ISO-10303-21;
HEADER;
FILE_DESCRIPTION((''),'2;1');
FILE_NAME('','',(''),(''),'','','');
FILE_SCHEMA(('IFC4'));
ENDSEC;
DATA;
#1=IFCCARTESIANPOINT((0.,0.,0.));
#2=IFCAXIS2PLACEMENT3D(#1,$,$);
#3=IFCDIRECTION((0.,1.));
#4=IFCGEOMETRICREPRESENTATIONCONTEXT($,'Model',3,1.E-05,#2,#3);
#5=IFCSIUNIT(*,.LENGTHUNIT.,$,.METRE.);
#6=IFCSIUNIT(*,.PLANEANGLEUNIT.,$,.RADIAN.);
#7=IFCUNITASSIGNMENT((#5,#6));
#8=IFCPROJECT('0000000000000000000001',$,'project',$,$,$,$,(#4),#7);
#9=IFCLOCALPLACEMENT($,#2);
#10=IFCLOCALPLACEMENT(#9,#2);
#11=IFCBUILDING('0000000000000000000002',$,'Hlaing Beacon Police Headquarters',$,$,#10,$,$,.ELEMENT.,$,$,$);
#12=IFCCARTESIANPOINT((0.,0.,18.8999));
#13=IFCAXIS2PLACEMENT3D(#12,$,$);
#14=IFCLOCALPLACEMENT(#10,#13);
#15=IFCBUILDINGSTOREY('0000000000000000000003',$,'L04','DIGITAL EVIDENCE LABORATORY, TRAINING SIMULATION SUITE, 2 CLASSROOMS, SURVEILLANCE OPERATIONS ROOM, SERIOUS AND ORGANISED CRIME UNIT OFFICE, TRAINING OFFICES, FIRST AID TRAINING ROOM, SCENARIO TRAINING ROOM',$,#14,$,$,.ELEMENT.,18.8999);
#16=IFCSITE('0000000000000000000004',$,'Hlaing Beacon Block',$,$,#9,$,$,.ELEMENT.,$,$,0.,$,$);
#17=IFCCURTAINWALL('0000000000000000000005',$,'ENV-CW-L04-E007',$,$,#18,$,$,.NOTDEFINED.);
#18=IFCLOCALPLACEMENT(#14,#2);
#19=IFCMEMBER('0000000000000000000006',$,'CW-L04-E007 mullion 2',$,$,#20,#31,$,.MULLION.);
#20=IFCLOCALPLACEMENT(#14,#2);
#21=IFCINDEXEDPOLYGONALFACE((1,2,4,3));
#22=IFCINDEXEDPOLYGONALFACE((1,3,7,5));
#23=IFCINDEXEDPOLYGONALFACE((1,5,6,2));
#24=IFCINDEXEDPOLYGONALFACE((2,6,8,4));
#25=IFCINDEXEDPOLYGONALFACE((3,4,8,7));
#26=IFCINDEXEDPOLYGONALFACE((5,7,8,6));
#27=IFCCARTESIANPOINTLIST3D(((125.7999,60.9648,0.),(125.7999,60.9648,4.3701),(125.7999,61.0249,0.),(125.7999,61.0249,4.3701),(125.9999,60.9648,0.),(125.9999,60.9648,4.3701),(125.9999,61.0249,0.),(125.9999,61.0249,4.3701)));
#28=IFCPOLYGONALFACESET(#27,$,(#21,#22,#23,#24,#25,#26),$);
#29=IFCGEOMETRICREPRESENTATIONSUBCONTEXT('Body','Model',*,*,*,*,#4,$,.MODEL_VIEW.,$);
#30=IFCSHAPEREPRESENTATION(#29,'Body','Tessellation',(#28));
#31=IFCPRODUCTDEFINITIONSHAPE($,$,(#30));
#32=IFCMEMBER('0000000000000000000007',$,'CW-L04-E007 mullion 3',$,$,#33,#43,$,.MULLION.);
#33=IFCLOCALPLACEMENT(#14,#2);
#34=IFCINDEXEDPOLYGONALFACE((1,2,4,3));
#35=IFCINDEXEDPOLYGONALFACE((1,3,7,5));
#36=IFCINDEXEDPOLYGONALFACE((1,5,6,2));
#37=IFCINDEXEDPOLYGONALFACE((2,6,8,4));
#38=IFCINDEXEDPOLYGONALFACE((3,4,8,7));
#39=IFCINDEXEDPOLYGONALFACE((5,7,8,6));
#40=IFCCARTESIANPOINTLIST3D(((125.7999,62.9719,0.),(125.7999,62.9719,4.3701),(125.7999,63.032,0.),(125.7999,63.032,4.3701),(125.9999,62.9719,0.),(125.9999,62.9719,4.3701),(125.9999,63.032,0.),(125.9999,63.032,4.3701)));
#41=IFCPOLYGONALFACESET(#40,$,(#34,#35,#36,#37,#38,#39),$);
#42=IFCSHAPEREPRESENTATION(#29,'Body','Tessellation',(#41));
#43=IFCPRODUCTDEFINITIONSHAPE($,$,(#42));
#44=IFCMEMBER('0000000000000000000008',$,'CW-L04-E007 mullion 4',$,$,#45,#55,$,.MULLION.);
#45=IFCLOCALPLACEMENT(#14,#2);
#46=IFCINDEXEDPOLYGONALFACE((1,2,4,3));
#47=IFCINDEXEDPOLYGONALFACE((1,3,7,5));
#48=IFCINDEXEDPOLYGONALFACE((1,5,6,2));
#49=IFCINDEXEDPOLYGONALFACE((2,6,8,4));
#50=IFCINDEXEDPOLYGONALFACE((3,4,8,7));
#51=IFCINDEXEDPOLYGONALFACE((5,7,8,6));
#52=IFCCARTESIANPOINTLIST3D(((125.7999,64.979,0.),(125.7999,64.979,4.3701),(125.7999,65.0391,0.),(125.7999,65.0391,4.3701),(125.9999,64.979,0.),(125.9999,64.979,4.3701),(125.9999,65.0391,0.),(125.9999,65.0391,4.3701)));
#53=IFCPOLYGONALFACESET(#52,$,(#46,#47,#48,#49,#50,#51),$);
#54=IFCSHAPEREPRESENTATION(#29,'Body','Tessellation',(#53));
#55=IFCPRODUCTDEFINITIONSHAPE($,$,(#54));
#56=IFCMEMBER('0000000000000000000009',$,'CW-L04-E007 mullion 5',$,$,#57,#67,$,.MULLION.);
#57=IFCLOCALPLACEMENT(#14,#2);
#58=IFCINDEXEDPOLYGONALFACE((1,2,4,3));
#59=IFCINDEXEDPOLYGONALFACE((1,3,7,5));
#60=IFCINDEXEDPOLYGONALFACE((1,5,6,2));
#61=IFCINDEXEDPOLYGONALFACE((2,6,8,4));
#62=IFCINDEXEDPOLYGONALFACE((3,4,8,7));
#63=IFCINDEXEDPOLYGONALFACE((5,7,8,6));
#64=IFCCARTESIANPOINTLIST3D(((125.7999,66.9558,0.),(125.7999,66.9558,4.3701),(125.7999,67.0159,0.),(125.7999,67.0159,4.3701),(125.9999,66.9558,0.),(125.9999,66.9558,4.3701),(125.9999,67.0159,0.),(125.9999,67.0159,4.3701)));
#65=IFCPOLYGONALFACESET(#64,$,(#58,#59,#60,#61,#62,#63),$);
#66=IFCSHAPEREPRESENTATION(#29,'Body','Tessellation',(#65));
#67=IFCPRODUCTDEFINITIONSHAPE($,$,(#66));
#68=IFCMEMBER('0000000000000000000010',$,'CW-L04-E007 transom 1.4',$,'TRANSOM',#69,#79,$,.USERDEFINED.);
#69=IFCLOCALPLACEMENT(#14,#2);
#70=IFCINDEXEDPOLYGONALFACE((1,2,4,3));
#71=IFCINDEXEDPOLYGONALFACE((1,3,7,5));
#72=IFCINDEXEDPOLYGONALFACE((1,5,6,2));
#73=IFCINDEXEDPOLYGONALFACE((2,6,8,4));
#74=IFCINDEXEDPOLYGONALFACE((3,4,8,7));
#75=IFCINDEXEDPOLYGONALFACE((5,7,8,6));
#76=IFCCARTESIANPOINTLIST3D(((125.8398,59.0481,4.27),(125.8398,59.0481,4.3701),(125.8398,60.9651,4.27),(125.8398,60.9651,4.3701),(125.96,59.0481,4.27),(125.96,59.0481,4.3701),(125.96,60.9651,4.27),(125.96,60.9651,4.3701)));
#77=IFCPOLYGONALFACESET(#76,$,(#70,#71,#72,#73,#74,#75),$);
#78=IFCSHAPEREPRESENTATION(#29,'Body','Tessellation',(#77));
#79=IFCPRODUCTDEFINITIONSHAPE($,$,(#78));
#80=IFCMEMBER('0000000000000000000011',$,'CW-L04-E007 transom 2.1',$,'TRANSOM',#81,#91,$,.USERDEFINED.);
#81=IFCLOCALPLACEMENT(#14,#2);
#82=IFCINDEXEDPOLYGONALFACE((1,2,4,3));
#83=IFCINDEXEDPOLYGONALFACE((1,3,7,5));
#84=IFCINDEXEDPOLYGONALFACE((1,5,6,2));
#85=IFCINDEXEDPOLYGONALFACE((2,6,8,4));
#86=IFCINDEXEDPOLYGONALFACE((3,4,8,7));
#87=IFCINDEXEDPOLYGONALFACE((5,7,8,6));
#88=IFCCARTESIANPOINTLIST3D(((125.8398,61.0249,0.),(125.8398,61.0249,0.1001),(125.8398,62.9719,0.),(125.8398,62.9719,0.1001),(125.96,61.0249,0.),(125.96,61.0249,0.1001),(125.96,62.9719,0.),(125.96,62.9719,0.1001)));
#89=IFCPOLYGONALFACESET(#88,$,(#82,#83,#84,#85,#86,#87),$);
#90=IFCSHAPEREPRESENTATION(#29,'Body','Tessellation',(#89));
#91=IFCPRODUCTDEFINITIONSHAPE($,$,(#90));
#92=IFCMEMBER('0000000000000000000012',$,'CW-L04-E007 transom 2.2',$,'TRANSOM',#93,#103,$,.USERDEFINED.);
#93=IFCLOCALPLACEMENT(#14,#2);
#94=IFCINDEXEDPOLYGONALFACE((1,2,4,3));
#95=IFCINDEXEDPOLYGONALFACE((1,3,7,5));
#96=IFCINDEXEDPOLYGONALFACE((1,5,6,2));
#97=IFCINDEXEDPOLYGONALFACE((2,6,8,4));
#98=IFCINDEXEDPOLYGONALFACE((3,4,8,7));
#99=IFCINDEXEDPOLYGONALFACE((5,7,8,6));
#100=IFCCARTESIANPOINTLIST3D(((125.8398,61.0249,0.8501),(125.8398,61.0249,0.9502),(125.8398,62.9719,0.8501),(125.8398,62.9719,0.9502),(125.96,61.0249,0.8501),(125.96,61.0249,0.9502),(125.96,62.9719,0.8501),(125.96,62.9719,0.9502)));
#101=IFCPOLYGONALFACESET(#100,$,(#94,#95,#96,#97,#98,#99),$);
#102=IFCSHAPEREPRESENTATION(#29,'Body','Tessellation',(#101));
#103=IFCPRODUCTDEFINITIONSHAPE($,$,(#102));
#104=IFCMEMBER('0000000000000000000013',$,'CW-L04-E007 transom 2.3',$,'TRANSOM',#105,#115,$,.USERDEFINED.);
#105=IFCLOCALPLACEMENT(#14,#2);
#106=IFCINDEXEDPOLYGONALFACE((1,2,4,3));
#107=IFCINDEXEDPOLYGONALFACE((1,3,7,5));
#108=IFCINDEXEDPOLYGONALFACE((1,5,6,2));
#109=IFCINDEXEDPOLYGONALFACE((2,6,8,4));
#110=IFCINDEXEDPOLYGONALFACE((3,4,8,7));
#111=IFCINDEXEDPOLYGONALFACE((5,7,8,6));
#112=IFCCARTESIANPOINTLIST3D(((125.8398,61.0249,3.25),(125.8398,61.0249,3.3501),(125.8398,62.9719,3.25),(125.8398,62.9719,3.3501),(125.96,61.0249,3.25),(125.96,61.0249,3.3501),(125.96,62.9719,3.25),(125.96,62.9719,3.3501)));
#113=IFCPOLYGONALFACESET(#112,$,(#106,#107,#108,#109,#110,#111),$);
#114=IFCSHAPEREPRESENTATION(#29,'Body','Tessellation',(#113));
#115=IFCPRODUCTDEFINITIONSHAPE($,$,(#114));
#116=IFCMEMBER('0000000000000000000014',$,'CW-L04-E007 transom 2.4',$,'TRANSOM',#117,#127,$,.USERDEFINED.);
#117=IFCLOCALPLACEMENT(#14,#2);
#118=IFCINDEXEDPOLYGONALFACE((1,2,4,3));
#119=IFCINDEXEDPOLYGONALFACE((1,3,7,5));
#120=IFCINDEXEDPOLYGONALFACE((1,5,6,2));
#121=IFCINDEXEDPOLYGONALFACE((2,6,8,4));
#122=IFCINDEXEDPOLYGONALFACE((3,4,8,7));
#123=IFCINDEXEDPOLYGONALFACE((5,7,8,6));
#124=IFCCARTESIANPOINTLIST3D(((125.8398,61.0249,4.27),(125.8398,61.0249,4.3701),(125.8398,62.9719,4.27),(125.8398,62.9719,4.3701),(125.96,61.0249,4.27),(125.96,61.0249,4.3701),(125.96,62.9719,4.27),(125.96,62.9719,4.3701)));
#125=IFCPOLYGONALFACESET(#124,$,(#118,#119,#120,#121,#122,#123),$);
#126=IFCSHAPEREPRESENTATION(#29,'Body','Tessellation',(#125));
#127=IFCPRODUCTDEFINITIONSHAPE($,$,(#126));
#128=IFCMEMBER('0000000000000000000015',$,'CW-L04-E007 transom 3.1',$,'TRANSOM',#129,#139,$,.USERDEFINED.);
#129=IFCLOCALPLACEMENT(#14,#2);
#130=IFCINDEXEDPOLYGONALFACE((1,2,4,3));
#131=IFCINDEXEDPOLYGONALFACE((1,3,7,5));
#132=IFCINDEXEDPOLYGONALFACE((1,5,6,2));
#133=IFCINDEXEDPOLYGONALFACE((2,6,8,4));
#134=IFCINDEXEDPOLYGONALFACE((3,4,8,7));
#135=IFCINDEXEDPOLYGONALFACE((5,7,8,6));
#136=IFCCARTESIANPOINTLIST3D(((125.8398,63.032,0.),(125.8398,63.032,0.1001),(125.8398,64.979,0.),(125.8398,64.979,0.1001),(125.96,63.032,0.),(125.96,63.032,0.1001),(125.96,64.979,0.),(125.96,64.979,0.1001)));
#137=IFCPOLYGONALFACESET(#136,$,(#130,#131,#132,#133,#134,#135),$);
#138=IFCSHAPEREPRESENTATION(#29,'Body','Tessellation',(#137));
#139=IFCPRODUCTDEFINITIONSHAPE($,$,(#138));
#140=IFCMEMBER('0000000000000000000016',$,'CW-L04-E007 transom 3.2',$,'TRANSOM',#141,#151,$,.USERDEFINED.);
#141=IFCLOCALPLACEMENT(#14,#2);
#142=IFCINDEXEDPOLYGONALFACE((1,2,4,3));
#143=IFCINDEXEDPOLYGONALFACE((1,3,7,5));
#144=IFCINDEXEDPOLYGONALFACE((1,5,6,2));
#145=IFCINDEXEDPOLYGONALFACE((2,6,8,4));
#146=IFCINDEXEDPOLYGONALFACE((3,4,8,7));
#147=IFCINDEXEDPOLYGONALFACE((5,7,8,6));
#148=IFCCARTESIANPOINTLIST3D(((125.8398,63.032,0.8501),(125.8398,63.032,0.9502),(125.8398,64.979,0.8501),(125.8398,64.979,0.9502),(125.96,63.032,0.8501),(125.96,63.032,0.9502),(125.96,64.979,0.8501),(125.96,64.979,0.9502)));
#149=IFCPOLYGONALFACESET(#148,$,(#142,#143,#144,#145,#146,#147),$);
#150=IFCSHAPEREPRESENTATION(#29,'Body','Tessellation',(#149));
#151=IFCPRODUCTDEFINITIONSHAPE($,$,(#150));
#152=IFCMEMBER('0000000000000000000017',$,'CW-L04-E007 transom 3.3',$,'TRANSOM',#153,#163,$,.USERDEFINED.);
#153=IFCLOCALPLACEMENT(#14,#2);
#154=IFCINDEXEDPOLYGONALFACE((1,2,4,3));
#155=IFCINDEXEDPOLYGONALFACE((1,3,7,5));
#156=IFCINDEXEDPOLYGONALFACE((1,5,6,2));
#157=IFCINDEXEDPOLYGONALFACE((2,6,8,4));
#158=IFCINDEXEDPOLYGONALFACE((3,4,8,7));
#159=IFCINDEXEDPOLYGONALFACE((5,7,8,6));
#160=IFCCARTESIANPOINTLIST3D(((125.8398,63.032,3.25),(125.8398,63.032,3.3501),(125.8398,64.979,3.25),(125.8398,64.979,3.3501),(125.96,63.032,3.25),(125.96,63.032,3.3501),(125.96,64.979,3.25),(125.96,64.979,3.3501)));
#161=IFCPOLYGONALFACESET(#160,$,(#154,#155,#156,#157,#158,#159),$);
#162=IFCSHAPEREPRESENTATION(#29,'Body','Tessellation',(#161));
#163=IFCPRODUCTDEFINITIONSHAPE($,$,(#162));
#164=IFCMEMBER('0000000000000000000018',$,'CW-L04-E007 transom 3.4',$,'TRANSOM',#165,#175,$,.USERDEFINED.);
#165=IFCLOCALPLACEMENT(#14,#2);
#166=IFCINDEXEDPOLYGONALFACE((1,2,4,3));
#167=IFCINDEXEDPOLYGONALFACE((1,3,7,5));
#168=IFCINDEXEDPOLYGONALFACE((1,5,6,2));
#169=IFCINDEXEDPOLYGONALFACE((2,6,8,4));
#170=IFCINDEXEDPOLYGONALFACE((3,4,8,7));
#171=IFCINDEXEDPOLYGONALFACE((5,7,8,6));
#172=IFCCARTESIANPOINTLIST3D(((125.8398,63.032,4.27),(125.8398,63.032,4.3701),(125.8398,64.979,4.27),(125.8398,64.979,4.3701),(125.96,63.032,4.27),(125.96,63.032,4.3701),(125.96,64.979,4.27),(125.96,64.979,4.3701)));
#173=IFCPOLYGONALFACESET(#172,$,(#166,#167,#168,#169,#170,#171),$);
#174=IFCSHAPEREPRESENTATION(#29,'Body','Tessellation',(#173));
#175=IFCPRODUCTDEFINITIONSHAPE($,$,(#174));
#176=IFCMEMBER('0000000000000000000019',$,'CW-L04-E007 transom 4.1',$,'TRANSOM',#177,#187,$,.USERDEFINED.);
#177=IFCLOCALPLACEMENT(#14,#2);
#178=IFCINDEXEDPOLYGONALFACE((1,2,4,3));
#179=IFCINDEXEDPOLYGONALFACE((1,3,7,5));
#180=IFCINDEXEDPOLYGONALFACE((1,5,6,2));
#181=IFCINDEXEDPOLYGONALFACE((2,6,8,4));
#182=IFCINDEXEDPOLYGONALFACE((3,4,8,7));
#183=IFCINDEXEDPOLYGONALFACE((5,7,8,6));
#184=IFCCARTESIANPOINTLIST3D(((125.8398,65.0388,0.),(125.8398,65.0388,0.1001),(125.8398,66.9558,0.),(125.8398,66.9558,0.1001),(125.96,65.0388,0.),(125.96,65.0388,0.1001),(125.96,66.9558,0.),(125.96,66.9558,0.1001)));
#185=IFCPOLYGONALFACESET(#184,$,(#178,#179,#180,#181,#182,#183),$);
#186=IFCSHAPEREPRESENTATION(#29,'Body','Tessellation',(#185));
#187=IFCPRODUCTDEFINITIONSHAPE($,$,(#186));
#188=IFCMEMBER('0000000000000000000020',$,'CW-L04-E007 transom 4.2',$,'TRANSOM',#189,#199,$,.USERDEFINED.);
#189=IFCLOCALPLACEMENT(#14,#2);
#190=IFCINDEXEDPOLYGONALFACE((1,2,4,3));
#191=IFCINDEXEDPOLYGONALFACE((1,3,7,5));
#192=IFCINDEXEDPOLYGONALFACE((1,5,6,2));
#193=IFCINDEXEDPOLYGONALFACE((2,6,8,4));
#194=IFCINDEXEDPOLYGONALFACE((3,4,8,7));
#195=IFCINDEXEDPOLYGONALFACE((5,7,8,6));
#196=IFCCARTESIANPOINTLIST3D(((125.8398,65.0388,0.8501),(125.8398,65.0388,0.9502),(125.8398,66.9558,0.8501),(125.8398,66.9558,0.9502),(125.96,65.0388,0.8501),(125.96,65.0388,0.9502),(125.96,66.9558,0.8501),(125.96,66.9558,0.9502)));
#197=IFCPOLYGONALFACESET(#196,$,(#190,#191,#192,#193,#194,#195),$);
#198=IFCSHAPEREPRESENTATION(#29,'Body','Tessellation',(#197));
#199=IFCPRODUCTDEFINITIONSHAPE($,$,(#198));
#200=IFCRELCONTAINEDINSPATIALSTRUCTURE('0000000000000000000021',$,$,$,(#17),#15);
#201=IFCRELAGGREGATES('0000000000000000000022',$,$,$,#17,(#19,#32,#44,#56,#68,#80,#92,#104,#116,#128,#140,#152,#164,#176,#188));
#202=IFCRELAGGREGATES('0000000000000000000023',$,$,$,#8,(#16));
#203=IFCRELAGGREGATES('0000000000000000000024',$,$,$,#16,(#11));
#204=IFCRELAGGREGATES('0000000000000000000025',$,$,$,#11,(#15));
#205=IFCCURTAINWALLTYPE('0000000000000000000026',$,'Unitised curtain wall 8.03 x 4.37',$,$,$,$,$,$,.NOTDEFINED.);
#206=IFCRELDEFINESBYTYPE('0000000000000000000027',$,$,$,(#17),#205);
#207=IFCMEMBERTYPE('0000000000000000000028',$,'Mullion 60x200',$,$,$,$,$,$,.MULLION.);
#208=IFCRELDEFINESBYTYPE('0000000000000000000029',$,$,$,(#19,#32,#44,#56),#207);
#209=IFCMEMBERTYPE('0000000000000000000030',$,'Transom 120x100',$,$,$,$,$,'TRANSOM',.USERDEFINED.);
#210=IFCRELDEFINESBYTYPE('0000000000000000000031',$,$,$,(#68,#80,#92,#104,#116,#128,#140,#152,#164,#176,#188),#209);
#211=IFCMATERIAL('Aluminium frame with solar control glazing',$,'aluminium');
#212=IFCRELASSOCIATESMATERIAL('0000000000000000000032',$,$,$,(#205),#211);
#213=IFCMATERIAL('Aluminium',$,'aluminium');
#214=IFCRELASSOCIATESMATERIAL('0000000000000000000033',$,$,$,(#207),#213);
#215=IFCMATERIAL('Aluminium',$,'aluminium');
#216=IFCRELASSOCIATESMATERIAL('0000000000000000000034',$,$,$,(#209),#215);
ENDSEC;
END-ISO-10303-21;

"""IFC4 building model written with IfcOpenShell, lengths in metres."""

from ifc_helpers import new_model, si_unit, direction, frame, origin, origin_2d, place, context, subcontext, project, spatial, rectangle, extrude, material, material_profile, profile_set, type_object, element, aggregate, save


model = new_model("IFC4")

# Units and contexts
model_context = context("Model", 3, precision=1e-05, world=origin(), true_north=direction((0.0, 1.0)))
body_context = subcontext(model_context, "Body", "Model", "MODEL_VIEW")
ifc_project = project(units=[si_unit("LENGTHUNIT", "METRE"), si_unit("PLANEANGLEUNIT", "RADIAN")], contexts=[model_context])

# Site, building, storey
site_placement = place(None, origin())
site = spatial("IfcSite", under=ifc_project, at=site_placement, Name="Hlaing Beacon Block", CompositionType="ELEMENT", RefElevation=0.0)
building_placement = place(site_placement, origin())
building = spatial("IfcBuilding", under=site, at=building_placement, Name="Hlaing Beacon Police Headquarters", CompositionType="ELEMENT")
storey_placement = place(building_placement, frame((0.0, 0.0, 18.8999)))
storey = spatial("IfcBuildingStorey", under=building, at=storey_placement, Name="L04", Description="DIGITAL EVIDENCE LABORATORY, TRAINING SIMULATION SUITE, 2 CLASSROOMS, SURVEILLANCE OPERATIONS ROOM, SERIOUS AND ORGANISED CRIME UNIT OFFICE, TRAINING OFFICES, FIRST AID TRAINING ROOM, SCENARIO TRAINING ROOM", CompositionType="ELEMENT", Elevation=18.8999)

# Curtain wall, members
ifc_material_1 = material(Name="Aluminium frame with solar control glazing", Category="aluminium")
curtain_wall_type = type_object("IfcCurtainWallType", Name="Unitised curtain wall 8.03 x 4.37", PredefinedType="NOTDEFINED", material=ifc_material_1)
curtain_wall_placement = place(storey_placement, origin())
curtain_wall = element("IfcCurtainWall", 1, at=curtain_wall_placement, inside=storey, type_object=curtain_wall_type, Name="ENV-CW-L04-E007", PredefinedType="NOTDEFINED")
ifc_material_2 = material(Name="Aluminium", Category="aluminium")
ifc_material_profile_1 = material_profile(ifc_material_2, rectangle(XDim=0.2, YDim=0.0601, at=origin_2d()), Name="Mullion 60x200")
ifc_profile_set_1 = profile_set([ifc_material_profile_1], Name="Aluminium")
member_type_1 = type_object("IfcMemberType", Name="Mullion 60x200", PredefinedType="MULLION", material=ifc_profile_set_1)
member_1_placement = place(storey_placement, frame((125.8999, 60.9949, 0.0), z_axis=(0.0, 0.0, 1.0), x_axis=(-1.0, 0.0, 0.0)))
member_1 = element("IfcMember", 2, at=member_1_placement, type_object=member_type_1, Name="CW-L04-E007 mullion 2", PredefinedType="MULLION", context=body_context, shape_type="SweptSolid", body=[
    extrude(rectangle(XDim=0.2, YDim=0.0601, at=origin_2d()), origin(), (0.0, 0.0, 1.0), 4.3701),
])
member_2_placement = place(storey_placement, frame((125.8999, 63.002, 0.0), z_axis=(0.0, 0.0, 1.0), x_axis=(-1.0, 0.0, 0.0)))
member_2 = element("IfcMember", 3, at=member_2_placement, type_object=member_type_1, Name="CW-L04-E007 mullion 3", PredefinedType="MULLION", context=body_context, shape_type="SweptSolid", body=[
    extrude(rectangle(XDim=0.2, YDim=0.0601, at=origin_2d()), origin(), (0.0, 0.0, 1.0), 4.3701),
])
member_3_placement = place(storey_placement, frame((125.8999, 65.009, 0.0), z_axis=(0.0, 0.0, 1.0), x_axis=(-1.0, 0.0, 0.0)))
member_3 = element("IfcMember", 4, at=member_3_placement, type_object=member_type_1, Name="CW-L04-E007 mullion 4", PredefinedType="MULLION", context=body_context, shape_type="SweptSolid", body=[
    extrude(rectangle(XDim=0.2, YDim=0.0601, at=origin_2d()), origin(), (0.0, 0.0, 1.0), 4.3701),
])
member_4_placement = place(storey_placement, frame((125.8999, 66.9858, 0.0), z_axis=(0.0, 0.0, 1.0), x_axis=(-1.0, 0.0, 0.0)))
member_4 = element("IfcMember", 5, at=member_4_placement, type_object=member_type_1, Name="CW-L04-E007 mullion 5", PredefinedType="MULLION", context=body_context, shape_type="SweptSolid", body=[
    extrude(rectangle(XDim=0.2, YDim=0.0601, at=origin_2d()), origin(), (0.0, 0.0, 1.0), 4.3701),
])
ifc_material_3 = material(Name="Aluminium", Category="aluminium")
ifc_material_profile_2 = material_profile(ifc_material_3, rectangle(XDim=0.1201, YDim=0.1001, at=origin_2d()), Name="Transom 120x100")
ifc_profile_set_2 = profile_set([ifc_material_profile_2], Name="Aluminium")
member_type_2 = type_object("IfcMemberType", Name="Transom 120x100", ElementType="TRANSOM", PredefinedType="USERDEFINED", material=ifc_profile_set_2)
member_5_placement = place(storey_placement, frame((125.8999, 59.0481, 4.3201), z_axis=(0.0, 1.0, 0.0), x_axis=(-1.0, 0.0, 0.0)))
member_5 = element("IfcMember", 6, at=member_5_placement, type_object=member_type_2, Name="CW-L04-E007 transom 1.4", ObjectType="TRANSOM", PredefinedType="USERDEFINED", context=body_context, shape_type="SweptSolid", body=[
    extrude(rectangle(XDim=0.1201, YDim=0.1001, at=origin_2d()), origin(), (0.0, 0.0, 1.0), 1.917),
])
member_6_placement = place(storey_placement, frame((125.8999, 61.0249, 0.05), z_axis=(0.0, 1.0, 0.0), x_axis=(-1.0, 0.0, 0.0)))
member_6 = element("IfcMember", 7, at=member_6_placement, type_object=member_type_2, Name="CW-L04-E007 transom 2.1", ObjectType="TRANSOM", PredefinedType="USERDEFINED", context=body_context, shape_type="SweptSolid", body=[
    extrude(rectangle(XDim=0.1201, YDim=0.1001, at=origin_2d()), origin(), (0.0, 0.0, 1.0), 1.947),
])
member_7_placement = place(storey_placement, frame((125.8999, 61.0249, 0.9001), z_axis=(0.0, 1.0, 0.0), x_axis=(-1.0, 0.0, 0.0)))
member_7 = element("IfcMember", 8, at=member_7_placement, type_object=member_type_2, Name="CW-L04-E007 transom 2.2", ObjectType="TRANSOM", PredefinedType="USERDEFINED", context=body_context, shape_type="SweptSolid", body=[
    extrude(rectangle(XDim=0.1201, YDim=0.1001, at=origin_2d()), origin(), (0.0, 0.0, 1.0), 1.947),
])
member_8_placement = place(storey_placement, frame((125.8999, 61.0249, 3.3), z_axis=(0.0, 1.0, 0.0), x_axis=(-1.0, 0.0, 0.0)))
member_8 = element("IfcMember", 9, at=member_8_placement, type_object=member_type_2, Name="CW-L04-E007 transom 2.3", ObjectType="TRANSOM", PredefinedType="USERDEFINED", context=body_context, shape_type="SweptSolid", body=[
    extrude(rectangle(XDim=0.1201, YDim=0.1001, at=origin_2d()), origin(), (0.0, 0.0, 1.0), 1.947),
])
member_9_placement = place(storey_placement, frame((125.8999, 61.0249, 4.3201), z_axis=(0.0, 1.0, 0.0), x_axis=(-1.0, 0.0, 0.0)))
member_9 = element("IfcMember", 10, at=member_9_placement, type_object=member_type_2, Name="CW-L04-E007 transom 2.4", ObjectType="TRANSOM", PredefinedType="USERDEFINED", context=body_context, shape_type="SweptSolid", body=[
    extrude(rectangle(XDim=0.1201, YDim=0.1001, at=origin_2d()), origin(), (0.0, 0.0, 1.0), 1.947),
])
member_10_placement = place(storey_placement, frame((125.8999, 63.032, 0.05), z_axis=(0.0, 1.0, 0.0), x_axis=(-1.0, 0.0, 0.0)))
member_10 = element("IfcMember", 11, at=member_10_placement, type_object=member_type_2, Name="CW-L04-E007 transom 3.1", ObjectType="TRANSOM", PredefinedType="USERDEFINED", context=body_context, shape_type="SweptSolid", body=[
    extrude(rectangle(XDim=0.1201, YDim=0.1001, at=origin_2d()), origin(), (0.0, 0.0, 1.0), 1.947),
])
member_11_placement = place(storey_placement, frame((125.8999, 63.032, 0.9001), z_axis=(0.0, 1.0, 0.0), x_axis=(-1.0, 0.0, 0.0)))
member_11 = element("IfcMember", 12, at=member_11_placement, type_object=member_type_2, Name="CW-L04-E007 transom 3.2", ObjectType="TRANSOM", PredefinedType="USERDEFINED", context=body_context, shape_type="SweptSolid", body=[
    extrude(rectangle(XDim=0.1201, YDim=0.1001, at=origin_2d()), origin(), (0.0, 0.0, 1.0), 1.947),
])
member_12_placement = place(storey_placement, frame((125.8999, 63.032, 3.3), z_axis=(0.0, 1.0, 0.0), x_axis=(-1.0, 0.0, 0.0)))
member_12 = element("IfcMember", 13, at=member_12_placement, type_object=member_type_2, Name="CW-L04-E007 transom 3.3", ObjectType="TRANSOM", PredefinedType="USERDEFINED", context=body_context, shape_type="SweptSolid", body=[
    extrude(rectangle(XDim=0.1201, YDim=0.1001, at=origin_2d()), origin(), (0.0, 0.0, 1.0), 1.947),
])
member_13_placement = place(storey_placement, frame((125.8999, 63.032, 4.3201), z_axis=(0.0, 1.0, 0.0), x_axis=(-1.0, 0.0, 0.0)))
member_13 = element("IfcMember", 14, at=member_13_placement, type_object=member_type_2, Name="CW-L04-E007 transom 3.4", ObjectType="TRANSOM", PredefinedType="USERDEFINED", context=body_context, shape_type="SweptSolid", body=[
    extrude(rectangle(XDim=0.1201, YDim=0.1001, at=origin_2d()), origin(), (0.0, 0.0, 1.0), 1.947),
])
member_14_placement = place(storey_placement, frame((125.8999, 65.0388, 0.05), z_axis=(0.0, 1.0, 0.0), x_axis=(-1.0, 0.0, 0.0)))
member_14 = element("IfcMember", 15, at=member_14_placement, type_object=member_type_2, Name="CW-L04-E007 transom 4.1", ObjectType="TRANSOM", PredefinedType="USERDEFINED", context=body_context, shape_type="SweptSolid", body=[
    extrude(rectangle(XDim=0.1201, YDim=0.1001, at=origin_2d()), origin(), (0.0, 0.0, 1.0), 1.917),
])
member_15_placement = place(storey_placement, frame((125.8999, 65.0388, 0.9001), z_axis=(0.0, 1.0, 0.0), x_axis=(-1.0, 0.0, 0.0)))
member_15 = element("IfcMember", 16, at=member_15_placement, type_object=member_type_2, Name="CW-L04-E007 transom 4.2", ObjectType="TRANSOM", PredefinedType="USERDEFINED", context=body_context, shape_type="SweptSolid", body=[
    extrude(rectangle(XDim=0.1201, YDim=0.1001, at=origin_2d()), origin(), (0.0, 0.0, 1.0), 1.917),
])
aggregate(curtain_wall, [member_1, member_2, member_3, member_4, member_5, member_6, member_7, member_8, member_9, member_10, member_11, member_12, member_13, member_14, member_15])

save(model, "model.ifc")
